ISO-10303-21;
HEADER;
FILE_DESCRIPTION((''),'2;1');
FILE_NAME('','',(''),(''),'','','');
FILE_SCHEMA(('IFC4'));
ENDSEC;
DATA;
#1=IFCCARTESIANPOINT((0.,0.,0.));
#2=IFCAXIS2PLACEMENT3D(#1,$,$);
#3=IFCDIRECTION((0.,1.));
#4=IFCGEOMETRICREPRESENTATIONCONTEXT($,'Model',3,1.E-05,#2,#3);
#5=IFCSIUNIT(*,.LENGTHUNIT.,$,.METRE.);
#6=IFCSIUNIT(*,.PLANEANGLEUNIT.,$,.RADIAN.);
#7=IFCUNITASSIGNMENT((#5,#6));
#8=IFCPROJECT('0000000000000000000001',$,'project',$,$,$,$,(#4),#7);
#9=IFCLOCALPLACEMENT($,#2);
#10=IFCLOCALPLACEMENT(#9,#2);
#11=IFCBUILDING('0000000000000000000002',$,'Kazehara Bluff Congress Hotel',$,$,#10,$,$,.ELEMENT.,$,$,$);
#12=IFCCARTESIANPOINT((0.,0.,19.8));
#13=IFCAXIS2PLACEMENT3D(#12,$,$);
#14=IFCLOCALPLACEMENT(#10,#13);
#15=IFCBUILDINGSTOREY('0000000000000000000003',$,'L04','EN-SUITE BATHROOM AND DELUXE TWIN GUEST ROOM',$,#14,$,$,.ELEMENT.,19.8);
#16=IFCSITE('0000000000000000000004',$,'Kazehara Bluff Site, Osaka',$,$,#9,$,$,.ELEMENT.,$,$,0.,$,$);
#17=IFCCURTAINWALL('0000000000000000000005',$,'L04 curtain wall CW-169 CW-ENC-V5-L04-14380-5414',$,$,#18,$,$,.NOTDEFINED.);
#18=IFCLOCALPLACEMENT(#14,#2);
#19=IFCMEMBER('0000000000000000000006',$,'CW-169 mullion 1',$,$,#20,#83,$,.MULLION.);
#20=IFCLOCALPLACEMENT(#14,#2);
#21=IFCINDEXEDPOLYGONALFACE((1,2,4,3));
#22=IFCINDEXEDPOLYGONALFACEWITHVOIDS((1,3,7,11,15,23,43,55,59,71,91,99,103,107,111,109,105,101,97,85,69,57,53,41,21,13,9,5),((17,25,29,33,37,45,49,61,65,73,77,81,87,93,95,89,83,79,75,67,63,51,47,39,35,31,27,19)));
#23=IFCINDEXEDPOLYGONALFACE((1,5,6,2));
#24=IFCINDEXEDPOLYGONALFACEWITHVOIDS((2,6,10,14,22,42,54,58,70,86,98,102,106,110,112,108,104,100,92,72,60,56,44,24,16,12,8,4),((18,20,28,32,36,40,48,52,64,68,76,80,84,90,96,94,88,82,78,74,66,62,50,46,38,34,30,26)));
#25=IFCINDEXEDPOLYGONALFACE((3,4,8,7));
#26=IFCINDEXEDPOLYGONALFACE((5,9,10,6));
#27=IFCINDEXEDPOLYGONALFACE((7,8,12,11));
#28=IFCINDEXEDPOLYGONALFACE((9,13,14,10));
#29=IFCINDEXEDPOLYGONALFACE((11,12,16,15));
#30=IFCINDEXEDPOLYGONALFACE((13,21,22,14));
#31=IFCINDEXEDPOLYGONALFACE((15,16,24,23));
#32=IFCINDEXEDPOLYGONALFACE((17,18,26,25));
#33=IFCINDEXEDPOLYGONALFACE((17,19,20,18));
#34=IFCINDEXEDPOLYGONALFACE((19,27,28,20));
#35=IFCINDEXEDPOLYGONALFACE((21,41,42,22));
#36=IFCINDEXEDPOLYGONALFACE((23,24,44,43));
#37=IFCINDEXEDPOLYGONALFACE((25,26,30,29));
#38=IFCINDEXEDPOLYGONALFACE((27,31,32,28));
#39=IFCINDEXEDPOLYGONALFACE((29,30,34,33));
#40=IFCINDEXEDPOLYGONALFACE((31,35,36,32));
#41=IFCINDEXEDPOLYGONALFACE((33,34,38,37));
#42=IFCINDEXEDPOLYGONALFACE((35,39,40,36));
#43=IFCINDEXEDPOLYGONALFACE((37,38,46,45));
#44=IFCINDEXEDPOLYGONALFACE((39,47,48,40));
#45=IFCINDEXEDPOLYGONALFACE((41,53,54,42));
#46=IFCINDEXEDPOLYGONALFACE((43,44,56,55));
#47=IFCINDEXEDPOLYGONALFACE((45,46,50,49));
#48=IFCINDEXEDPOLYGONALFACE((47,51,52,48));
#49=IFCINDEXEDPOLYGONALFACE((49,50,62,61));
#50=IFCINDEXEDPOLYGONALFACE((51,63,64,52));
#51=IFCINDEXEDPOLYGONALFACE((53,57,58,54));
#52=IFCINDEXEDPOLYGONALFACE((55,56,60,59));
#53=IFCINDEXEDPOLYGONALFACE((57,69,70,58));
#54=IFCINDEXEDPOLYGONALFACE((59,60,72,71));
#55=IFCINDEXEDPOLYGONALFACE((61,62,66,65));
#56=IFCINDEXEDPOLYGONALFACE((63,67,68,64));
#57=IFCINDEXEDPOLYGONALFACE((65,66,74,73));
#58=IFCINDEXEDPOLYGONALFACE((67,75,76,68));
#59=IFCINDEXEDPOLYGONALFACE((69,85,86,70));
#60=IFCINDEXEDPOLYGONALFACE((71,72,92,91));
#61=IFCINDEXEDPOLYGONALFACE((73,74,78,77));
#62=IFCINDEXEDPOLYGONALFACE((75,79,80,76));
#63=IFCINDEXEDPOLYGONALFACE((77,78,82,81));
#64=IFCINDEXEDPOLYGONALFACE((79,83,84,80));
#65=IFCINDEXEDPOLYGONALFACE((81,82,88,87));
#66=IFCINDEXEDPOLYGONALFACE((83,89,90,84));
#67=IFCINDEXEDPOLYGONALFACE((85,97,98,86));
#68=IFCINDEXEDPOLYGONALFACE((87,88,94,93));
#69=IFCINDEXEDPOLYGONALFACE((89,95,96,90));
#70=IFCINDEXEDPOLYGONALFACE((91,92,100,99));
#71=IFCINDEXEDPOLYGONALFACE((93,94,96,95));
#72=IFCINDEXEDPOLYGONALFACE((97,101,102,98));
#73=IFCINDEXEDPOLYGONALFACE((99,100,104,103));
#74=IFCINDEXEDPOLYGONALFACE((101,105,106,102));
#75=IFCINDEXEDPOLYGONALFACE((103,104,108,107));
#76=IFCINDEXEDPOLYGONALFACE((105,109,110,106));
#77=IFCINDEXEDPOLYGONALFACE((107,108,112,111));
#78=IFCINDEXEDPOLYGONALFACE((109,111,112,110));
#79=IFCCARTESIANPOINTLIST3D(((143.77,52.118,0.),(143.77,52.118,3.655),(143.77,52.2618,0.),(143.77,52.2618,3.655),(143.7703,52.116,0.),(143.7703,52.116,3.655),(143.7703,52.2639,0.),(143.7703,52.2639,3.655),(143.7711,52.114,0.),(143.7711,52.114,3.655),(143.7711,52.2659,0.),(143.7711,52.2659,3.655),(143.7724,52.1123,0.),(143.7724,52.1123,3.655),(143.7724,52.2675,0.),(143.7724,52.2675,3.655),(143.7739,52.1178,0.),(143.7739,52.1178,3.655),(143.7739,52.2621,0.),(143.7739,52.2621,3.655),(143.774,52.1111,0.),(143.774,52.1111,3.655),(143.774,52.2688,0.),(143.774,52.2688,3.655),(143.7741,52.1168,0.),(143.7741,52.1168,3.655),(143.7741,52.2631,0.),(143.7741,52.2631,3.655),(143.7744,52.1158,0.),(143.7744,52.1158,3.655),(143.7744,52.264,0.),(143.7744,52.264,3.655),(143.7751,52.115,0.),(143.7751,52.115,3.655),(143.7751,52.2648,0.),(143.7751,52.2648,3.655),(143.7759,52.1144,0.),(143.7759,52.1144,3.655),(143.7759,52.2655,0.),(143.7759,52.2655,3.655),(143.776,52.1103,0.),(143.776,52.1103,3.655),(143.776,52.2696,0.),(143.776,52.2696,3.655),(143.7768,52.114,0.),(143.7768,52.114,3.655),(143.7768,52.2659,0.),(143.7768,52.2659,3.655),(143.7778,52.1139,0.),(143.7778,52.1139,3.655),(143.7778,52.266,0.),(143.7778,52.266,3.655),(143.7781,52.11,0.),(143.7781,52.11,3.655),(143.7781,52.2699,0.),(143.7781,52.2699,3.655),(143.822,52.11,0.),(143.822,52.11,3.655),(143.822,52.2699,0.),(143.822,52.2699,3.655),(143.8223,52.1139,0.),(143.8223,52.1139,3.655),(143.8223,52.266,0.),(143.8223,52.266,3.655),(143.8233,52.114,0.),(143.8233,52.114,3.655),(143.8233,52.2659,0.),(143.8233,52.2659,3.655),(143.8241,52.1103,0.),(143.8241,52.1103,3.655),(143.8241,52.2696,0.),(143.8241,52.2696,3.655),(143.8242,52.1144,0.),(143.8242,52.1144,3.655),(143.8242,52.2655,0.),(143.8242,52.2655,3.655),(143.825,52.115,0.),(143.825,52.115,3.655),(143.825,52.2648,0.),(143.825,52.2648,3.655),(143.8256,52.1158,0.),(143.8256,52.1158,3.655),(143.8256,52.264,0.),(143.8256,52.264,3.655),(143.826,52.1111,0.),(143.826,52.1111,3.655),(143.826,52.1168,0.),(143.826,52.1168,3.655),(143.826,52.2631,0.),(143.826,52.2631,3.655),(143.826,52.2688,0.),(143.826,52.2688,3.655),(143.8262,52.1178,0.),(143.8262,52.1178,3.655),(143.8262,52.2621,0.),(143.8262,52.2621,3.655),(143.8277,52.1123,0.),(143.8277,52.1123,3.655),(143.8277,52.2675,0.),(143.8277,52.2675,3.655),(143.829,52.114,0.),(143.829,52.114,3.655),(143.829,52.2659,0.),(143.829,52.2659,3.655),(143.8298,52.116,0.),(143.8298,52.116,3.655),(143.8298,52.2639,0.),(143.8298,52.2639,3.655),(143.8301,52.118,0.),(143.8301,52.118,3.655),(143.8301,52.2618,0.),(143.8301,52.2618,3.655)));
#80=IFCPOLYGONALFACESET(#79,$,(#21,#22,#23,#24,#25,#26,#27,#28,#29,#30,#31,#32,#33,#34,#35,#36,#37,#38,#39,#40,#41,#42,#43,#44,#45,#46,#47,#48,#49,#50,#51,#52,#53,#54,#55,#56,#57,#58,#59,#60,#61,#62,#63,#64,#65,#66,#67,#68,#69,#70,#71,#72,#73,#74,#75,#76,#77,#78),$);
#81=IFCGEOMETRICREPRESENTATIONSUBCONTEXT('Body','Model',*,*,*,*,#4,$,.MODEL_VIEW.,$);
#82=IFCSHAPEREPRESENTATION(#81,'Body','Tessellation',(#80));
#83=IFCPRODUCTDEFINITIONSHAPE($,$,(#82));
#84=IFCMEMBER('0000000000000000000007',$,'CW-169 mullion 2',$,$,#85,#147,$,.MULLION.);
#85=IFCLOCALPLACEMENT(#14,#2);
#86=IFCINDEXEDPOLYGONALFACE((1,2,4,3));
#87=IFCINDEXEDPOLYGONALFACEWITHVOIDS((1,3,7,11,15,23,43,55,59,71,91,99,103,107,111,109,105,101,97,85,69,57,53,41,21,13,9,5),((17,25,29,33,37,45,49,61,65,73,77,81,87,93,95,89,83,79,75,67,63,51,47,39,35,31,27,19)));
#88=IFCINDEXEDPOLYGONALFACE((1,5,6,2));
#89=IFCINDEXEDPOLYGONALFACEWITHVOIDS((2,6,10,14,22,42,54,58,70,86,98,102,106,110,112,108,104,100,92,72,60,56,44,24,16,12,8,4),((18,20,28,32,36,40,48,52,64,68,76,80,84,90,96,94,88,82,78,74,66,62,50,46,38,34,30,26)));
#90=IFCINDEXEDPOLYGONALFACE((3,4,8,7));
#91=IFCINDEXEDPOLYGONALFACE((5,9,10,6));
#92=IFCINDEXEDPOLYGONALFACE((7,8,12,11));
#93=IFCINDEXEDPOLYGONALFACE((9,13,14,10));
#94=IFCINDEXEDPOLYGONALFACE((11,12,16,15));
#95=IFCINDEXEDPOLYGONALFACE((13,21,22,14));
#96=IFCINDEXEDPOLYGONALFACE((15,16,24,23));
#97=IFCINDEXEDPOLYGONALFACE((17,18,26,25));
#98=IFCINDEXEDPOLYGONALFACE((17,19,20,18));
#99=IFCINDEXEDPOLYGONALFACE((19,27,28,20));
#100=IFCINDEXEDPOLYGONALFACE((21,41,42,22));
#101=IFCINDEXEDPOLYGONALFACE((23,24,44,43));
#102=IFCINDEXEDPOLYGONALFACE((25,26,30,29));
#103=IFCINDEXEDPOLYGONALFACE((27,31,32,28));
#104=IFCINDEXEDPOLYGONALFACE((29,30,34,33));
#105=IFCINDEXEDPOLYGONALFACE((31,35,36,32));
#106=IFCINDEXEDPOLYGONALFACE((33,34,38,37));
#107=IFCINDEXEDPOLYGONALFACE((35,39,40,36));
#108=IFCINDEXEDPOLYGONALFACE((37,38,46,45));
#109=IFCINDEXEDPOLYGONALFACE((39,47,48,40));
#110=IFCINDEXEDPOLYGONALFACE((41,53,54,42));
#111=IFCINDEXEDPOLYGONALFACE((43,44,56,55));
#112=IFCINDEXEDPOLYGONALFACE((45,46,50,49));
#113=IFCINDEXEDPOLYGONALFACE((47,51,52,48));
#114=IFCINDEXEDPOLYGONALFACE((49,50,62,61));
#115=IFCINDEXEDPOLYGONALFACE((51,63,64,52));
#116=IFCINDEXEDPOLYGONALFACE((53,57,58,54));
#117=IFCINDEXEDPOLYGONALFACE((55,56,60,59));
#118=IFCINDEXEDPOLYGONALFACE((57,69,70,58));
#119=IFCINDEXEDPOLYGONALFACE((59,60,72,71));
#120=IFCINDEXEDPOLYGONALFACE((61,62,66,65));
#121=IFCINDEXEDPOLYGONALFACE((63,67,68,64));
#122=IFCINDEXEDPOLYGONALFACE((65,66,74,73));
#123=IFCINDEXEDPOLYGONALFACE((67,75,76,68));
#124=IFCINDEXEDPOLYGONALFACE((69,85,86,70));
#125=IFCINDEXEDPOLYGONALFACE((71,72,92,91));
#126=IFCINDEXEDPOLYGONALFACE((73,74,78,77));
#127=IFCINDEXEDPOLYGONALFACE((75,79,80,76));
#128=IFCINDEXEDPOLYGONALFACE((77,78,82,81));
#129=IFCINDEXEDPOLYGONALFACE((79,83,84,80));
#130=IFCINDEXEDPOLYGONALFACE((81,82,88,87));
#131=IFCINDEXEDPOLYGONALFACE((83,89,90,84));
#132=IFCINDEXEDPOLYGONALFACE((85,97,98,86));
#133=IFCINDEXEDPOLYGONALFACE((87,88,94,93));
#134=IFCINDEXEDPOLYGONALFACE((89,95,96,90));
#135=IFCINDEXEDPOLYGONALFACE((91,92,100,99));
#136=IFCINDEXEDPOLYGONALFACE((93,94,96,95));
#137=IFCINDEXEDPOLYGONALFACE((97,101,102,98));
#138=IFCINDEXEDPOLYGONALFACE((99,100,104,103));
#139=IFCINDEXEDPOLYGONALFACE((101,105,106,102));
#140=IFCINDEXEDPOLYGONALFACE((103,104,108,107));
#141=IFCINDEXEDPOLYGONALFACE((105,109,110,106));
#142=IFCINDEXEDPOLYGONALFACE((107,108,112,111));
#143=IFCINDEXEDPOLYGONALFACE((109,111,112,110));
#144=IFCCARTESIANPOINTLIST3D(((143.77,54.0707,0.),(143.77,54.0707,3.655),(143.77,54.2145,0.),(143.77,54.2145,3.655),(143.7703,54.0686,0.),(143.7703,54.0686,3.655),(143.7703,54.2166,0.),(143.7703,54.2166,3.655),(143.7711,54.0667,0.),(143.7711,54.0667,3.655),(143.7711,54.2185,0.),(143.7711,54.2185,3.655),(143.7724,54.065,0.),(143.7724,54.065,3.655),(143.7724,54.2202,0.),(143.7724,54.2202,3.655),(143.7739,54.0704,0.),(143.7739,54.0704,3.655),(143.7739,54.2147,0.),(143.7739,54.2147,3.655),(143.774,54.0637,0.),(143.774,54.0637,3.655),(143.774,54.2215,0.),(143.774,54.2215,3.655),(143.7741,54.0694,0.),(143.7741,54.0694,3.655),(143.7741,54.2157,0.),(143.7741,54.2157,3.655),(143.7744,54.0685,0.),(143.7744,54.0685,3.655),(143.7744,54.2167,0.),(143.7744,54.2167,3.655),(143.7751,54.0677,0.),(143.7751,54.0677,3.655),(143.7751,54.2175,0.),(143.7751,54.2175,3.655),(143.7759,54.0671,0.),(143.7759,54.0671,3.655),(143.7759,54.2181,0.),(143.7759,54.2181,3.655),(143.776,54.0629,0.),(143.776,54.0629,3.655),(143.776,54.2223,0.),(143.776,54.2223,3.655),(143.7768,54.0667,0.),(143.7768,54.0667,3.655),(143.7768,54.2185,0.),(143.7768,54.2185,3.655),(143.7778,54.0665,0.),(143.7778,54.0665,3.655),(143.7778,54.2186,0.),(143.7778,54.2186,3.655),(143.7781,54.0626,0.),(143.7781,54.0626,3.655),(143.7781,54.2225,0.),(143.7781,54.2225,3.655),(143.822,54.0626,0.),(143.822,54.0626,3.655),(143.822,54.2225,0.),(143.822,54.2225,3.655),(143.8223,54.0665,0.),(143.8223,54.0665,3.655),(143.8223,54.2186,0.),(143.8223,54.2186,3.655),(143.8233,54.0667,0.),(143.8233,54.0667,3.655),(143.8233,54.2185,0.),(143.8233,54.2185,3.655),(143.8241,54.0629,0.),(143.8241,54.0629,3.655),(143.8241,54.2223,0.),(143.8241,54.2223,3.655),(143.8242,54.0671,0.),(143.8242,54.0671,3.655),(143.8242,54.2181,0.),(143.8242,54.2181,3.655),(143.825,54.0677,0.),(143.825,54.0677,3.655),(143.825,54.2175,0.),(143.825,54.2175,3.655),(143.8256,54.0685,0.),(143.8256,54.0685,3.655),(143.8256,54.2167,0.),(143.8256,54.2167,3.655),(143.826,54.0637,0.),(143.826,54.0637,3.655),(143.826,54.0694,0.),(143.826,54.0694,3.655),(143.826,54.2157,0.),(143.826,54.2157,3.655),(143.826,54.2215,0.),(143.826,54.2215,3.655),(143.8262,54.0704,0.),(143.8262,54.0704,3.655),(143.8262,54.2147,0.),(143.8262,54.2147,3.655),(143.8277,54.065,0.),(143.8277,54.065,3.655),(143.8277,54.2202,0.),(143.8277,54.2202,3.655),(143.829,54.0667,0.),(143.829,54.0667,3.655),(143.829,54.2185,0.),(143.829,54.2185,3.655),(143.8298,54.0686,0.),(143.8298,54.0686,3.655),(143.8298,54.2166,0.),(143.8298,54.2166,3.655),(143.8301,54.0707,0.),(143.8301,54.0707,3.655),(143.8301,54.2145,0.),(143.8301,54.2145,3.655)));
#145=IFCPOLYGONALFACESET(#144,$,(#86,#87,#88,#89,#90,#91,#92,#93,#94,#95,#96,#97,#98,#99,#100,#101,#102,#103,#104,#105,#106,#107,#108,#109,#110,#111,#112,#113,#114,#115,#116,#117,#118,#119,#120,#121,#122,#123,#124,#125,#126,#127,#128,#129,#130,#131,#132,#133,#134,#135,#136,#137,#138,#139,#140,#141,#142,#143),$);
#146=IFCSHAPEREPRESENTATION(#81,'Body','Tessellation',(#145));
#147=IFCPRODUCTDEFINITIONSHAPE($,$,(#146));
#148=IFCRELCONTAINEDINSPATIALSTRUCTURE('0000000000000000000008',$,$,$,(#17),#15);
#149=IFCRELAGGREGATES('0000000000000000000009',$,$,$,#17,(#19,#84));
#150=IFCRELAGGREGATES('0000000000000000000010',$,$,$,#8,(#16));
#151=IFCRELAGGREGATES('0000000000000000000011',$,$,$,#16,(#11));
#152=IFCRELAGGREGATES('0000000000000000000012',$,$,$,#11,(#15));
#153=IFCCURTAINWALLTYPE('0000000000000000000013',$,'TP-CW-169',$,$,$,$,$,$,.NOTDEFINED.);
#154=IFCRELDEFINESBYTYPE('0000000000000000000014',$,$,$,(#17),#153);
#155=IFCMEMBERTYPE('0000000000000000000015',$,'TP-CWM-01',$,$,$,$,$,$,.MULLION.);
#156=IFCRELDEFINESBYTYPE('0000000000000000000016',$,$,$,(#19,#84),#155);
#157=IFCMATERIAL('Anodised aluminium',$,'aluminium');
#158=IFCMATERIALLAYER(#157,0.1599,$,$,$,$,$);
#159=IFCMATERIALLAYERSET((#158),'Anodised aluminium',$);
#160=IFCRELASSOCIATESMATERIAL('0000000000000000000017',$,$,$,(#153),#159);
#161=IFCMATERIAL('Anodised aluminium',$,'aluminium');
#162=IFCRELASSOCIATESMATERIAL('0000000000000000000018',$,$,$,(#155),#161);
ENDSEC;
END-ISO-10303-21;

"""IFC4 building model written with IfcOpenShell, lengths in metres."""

from ifc_helpers import new_model, si_unit, direction, frame, origin, origin_2d, place, context, subcontext, project, spatial, hollow_rectangle, extrude, material, layer, layer_set, material_profile, profile_set, type_object, element, aggregate, save


model = new_model("IFC4")

# Units and contexts
model_context = context("Model", 3, precision=1e-05, world=origin(), true_north=direction((0.0, 1.0)))
body_context = subcontext(model_context, "Body", "Model", "MODEL_VIEW")
ifc_project = project(units=[si_unit("LENGTHUNIT", "METRE"), si_unit("PLANEANGLEUNIT", "RADIAN")], contexts=[model_context])

# Site, building, storey
site_placement = place(None, origin())
site = spatial("IfcSite", under=ifc_project, at=site_placement, Name="Kazehara Bluff Site, Osaka", CompositionType="ELEMENT", RefElevation=0.0)
building_placement = place(site_placement, origin())
building = spatial("IfcBuilding", under=site, at=building_placement, Name="Kazehara Bluff Congress Hotel", CompositionType="ELEMENT")
storey_placement = place(building_placement, frame((0.0, 0.0, 19.8)))
storey = spatial("IfcBuildingStorey", under=building, at=storey_placement, Name="L04", Description="EN-SUITE BATHROOM AND DELUXE TWIN GUEST ROOM", CompositionType="ELEMENT", Elevation=19.8)

# Curtain wall, members
ifc_material_1 = material(Name="Anodised aluminium", Category="aluminium")
ifc_layer_1 = layer(ifc_material_1, 0.1599)
ifc_layer_set_1 = layer_set([ifc_layer_1], Name="Anodised aluminium")
curtain_wall_type_1 = type_object("IfcCurtainWallType", Name="TP-CW-169", PredefinedType="NOTDEFINED", material=ifc_layer_set_1)
curtain_wall_1_placement = place(storey_placement, origin())
curtain_wall_1 = element("IfcCurtainWall", 1, at=curtain_wall_1_placement, inside=storey, type_object=curtain_wall_type_1, Name="L04 curtain wall CW-169 CW-ENC-V5-L04-14380-5414", PredefinedType="NOTDEFINED")
ifc_material_2 = material(Name="Anodised aluminium", Category="aluminium")
ifc_material_profile_1 = material_profile(ifc_material_2, hollow_rectangle(XDim=0.0601, YDim=0.1599, WallThickness=0.0039, InnerFilletRadius=0.0039, OuterFilletRadius=0.0081, at=origin_2d()))
ifc_profile_set_1 = profile_set([ifc_material_profile_1], Name="Anodised aluminium")
member_type_1 = type_object("IfcMemberType", Name="TP-CWM-01", PredefinedType="MULLION", material=ifc_profile_set_1)
member_1_placement = place(storey_placement, frame((143.8, 52.1899, 0.0), z_axis=(0.0, 0.0, 1.0), x_axis=(-1.0, 0.0, 0.0)))
member_1 = element("IfcMember", 2, at=member_1_placement, type_object=member_type_1, Name="CW-169 mullion 1", PredefinedType="MULLION", context=body_context, shape_type="SweptSolid", body=[
    extrude(hollow_rectangle(XDim=0.0601, YDim=0.1599, WallThickness=0.0039, InnerFilletRadius=0.0039, OuterFilletRadius=0.0081, at=origin_2d()), origin(), (0.0, 0.0, 1.0), 3.655),
])
member_2_placement = place(storey_placement, frame((143.8, 54.1426, 0.0), z_axis=(0.0, 0.0, 1.0), x_axis=(-1.0, 0.0, 0.0)))
member_2 = element("IfcMember", 3, at=member_2_placement, type_object=member_type_1, Name="CW-169 mullion 2", PredefinedType="MULLION", context=body_context, shape_type="SweptSolid", body=[
    extrude(hollow_rectangle(XDim=0.0601, YDim=0.1599, WallThickness=0.0039, InnerFilletRadius=0.0039, OuterFilletRadius=0.0081, at=origin_2d()), origin(), (0.0, 0.0, 1.0), 3.655),
])

aggregate(curtain_wall_1, [member_1, member_2])

save(model, "model.ifc")
